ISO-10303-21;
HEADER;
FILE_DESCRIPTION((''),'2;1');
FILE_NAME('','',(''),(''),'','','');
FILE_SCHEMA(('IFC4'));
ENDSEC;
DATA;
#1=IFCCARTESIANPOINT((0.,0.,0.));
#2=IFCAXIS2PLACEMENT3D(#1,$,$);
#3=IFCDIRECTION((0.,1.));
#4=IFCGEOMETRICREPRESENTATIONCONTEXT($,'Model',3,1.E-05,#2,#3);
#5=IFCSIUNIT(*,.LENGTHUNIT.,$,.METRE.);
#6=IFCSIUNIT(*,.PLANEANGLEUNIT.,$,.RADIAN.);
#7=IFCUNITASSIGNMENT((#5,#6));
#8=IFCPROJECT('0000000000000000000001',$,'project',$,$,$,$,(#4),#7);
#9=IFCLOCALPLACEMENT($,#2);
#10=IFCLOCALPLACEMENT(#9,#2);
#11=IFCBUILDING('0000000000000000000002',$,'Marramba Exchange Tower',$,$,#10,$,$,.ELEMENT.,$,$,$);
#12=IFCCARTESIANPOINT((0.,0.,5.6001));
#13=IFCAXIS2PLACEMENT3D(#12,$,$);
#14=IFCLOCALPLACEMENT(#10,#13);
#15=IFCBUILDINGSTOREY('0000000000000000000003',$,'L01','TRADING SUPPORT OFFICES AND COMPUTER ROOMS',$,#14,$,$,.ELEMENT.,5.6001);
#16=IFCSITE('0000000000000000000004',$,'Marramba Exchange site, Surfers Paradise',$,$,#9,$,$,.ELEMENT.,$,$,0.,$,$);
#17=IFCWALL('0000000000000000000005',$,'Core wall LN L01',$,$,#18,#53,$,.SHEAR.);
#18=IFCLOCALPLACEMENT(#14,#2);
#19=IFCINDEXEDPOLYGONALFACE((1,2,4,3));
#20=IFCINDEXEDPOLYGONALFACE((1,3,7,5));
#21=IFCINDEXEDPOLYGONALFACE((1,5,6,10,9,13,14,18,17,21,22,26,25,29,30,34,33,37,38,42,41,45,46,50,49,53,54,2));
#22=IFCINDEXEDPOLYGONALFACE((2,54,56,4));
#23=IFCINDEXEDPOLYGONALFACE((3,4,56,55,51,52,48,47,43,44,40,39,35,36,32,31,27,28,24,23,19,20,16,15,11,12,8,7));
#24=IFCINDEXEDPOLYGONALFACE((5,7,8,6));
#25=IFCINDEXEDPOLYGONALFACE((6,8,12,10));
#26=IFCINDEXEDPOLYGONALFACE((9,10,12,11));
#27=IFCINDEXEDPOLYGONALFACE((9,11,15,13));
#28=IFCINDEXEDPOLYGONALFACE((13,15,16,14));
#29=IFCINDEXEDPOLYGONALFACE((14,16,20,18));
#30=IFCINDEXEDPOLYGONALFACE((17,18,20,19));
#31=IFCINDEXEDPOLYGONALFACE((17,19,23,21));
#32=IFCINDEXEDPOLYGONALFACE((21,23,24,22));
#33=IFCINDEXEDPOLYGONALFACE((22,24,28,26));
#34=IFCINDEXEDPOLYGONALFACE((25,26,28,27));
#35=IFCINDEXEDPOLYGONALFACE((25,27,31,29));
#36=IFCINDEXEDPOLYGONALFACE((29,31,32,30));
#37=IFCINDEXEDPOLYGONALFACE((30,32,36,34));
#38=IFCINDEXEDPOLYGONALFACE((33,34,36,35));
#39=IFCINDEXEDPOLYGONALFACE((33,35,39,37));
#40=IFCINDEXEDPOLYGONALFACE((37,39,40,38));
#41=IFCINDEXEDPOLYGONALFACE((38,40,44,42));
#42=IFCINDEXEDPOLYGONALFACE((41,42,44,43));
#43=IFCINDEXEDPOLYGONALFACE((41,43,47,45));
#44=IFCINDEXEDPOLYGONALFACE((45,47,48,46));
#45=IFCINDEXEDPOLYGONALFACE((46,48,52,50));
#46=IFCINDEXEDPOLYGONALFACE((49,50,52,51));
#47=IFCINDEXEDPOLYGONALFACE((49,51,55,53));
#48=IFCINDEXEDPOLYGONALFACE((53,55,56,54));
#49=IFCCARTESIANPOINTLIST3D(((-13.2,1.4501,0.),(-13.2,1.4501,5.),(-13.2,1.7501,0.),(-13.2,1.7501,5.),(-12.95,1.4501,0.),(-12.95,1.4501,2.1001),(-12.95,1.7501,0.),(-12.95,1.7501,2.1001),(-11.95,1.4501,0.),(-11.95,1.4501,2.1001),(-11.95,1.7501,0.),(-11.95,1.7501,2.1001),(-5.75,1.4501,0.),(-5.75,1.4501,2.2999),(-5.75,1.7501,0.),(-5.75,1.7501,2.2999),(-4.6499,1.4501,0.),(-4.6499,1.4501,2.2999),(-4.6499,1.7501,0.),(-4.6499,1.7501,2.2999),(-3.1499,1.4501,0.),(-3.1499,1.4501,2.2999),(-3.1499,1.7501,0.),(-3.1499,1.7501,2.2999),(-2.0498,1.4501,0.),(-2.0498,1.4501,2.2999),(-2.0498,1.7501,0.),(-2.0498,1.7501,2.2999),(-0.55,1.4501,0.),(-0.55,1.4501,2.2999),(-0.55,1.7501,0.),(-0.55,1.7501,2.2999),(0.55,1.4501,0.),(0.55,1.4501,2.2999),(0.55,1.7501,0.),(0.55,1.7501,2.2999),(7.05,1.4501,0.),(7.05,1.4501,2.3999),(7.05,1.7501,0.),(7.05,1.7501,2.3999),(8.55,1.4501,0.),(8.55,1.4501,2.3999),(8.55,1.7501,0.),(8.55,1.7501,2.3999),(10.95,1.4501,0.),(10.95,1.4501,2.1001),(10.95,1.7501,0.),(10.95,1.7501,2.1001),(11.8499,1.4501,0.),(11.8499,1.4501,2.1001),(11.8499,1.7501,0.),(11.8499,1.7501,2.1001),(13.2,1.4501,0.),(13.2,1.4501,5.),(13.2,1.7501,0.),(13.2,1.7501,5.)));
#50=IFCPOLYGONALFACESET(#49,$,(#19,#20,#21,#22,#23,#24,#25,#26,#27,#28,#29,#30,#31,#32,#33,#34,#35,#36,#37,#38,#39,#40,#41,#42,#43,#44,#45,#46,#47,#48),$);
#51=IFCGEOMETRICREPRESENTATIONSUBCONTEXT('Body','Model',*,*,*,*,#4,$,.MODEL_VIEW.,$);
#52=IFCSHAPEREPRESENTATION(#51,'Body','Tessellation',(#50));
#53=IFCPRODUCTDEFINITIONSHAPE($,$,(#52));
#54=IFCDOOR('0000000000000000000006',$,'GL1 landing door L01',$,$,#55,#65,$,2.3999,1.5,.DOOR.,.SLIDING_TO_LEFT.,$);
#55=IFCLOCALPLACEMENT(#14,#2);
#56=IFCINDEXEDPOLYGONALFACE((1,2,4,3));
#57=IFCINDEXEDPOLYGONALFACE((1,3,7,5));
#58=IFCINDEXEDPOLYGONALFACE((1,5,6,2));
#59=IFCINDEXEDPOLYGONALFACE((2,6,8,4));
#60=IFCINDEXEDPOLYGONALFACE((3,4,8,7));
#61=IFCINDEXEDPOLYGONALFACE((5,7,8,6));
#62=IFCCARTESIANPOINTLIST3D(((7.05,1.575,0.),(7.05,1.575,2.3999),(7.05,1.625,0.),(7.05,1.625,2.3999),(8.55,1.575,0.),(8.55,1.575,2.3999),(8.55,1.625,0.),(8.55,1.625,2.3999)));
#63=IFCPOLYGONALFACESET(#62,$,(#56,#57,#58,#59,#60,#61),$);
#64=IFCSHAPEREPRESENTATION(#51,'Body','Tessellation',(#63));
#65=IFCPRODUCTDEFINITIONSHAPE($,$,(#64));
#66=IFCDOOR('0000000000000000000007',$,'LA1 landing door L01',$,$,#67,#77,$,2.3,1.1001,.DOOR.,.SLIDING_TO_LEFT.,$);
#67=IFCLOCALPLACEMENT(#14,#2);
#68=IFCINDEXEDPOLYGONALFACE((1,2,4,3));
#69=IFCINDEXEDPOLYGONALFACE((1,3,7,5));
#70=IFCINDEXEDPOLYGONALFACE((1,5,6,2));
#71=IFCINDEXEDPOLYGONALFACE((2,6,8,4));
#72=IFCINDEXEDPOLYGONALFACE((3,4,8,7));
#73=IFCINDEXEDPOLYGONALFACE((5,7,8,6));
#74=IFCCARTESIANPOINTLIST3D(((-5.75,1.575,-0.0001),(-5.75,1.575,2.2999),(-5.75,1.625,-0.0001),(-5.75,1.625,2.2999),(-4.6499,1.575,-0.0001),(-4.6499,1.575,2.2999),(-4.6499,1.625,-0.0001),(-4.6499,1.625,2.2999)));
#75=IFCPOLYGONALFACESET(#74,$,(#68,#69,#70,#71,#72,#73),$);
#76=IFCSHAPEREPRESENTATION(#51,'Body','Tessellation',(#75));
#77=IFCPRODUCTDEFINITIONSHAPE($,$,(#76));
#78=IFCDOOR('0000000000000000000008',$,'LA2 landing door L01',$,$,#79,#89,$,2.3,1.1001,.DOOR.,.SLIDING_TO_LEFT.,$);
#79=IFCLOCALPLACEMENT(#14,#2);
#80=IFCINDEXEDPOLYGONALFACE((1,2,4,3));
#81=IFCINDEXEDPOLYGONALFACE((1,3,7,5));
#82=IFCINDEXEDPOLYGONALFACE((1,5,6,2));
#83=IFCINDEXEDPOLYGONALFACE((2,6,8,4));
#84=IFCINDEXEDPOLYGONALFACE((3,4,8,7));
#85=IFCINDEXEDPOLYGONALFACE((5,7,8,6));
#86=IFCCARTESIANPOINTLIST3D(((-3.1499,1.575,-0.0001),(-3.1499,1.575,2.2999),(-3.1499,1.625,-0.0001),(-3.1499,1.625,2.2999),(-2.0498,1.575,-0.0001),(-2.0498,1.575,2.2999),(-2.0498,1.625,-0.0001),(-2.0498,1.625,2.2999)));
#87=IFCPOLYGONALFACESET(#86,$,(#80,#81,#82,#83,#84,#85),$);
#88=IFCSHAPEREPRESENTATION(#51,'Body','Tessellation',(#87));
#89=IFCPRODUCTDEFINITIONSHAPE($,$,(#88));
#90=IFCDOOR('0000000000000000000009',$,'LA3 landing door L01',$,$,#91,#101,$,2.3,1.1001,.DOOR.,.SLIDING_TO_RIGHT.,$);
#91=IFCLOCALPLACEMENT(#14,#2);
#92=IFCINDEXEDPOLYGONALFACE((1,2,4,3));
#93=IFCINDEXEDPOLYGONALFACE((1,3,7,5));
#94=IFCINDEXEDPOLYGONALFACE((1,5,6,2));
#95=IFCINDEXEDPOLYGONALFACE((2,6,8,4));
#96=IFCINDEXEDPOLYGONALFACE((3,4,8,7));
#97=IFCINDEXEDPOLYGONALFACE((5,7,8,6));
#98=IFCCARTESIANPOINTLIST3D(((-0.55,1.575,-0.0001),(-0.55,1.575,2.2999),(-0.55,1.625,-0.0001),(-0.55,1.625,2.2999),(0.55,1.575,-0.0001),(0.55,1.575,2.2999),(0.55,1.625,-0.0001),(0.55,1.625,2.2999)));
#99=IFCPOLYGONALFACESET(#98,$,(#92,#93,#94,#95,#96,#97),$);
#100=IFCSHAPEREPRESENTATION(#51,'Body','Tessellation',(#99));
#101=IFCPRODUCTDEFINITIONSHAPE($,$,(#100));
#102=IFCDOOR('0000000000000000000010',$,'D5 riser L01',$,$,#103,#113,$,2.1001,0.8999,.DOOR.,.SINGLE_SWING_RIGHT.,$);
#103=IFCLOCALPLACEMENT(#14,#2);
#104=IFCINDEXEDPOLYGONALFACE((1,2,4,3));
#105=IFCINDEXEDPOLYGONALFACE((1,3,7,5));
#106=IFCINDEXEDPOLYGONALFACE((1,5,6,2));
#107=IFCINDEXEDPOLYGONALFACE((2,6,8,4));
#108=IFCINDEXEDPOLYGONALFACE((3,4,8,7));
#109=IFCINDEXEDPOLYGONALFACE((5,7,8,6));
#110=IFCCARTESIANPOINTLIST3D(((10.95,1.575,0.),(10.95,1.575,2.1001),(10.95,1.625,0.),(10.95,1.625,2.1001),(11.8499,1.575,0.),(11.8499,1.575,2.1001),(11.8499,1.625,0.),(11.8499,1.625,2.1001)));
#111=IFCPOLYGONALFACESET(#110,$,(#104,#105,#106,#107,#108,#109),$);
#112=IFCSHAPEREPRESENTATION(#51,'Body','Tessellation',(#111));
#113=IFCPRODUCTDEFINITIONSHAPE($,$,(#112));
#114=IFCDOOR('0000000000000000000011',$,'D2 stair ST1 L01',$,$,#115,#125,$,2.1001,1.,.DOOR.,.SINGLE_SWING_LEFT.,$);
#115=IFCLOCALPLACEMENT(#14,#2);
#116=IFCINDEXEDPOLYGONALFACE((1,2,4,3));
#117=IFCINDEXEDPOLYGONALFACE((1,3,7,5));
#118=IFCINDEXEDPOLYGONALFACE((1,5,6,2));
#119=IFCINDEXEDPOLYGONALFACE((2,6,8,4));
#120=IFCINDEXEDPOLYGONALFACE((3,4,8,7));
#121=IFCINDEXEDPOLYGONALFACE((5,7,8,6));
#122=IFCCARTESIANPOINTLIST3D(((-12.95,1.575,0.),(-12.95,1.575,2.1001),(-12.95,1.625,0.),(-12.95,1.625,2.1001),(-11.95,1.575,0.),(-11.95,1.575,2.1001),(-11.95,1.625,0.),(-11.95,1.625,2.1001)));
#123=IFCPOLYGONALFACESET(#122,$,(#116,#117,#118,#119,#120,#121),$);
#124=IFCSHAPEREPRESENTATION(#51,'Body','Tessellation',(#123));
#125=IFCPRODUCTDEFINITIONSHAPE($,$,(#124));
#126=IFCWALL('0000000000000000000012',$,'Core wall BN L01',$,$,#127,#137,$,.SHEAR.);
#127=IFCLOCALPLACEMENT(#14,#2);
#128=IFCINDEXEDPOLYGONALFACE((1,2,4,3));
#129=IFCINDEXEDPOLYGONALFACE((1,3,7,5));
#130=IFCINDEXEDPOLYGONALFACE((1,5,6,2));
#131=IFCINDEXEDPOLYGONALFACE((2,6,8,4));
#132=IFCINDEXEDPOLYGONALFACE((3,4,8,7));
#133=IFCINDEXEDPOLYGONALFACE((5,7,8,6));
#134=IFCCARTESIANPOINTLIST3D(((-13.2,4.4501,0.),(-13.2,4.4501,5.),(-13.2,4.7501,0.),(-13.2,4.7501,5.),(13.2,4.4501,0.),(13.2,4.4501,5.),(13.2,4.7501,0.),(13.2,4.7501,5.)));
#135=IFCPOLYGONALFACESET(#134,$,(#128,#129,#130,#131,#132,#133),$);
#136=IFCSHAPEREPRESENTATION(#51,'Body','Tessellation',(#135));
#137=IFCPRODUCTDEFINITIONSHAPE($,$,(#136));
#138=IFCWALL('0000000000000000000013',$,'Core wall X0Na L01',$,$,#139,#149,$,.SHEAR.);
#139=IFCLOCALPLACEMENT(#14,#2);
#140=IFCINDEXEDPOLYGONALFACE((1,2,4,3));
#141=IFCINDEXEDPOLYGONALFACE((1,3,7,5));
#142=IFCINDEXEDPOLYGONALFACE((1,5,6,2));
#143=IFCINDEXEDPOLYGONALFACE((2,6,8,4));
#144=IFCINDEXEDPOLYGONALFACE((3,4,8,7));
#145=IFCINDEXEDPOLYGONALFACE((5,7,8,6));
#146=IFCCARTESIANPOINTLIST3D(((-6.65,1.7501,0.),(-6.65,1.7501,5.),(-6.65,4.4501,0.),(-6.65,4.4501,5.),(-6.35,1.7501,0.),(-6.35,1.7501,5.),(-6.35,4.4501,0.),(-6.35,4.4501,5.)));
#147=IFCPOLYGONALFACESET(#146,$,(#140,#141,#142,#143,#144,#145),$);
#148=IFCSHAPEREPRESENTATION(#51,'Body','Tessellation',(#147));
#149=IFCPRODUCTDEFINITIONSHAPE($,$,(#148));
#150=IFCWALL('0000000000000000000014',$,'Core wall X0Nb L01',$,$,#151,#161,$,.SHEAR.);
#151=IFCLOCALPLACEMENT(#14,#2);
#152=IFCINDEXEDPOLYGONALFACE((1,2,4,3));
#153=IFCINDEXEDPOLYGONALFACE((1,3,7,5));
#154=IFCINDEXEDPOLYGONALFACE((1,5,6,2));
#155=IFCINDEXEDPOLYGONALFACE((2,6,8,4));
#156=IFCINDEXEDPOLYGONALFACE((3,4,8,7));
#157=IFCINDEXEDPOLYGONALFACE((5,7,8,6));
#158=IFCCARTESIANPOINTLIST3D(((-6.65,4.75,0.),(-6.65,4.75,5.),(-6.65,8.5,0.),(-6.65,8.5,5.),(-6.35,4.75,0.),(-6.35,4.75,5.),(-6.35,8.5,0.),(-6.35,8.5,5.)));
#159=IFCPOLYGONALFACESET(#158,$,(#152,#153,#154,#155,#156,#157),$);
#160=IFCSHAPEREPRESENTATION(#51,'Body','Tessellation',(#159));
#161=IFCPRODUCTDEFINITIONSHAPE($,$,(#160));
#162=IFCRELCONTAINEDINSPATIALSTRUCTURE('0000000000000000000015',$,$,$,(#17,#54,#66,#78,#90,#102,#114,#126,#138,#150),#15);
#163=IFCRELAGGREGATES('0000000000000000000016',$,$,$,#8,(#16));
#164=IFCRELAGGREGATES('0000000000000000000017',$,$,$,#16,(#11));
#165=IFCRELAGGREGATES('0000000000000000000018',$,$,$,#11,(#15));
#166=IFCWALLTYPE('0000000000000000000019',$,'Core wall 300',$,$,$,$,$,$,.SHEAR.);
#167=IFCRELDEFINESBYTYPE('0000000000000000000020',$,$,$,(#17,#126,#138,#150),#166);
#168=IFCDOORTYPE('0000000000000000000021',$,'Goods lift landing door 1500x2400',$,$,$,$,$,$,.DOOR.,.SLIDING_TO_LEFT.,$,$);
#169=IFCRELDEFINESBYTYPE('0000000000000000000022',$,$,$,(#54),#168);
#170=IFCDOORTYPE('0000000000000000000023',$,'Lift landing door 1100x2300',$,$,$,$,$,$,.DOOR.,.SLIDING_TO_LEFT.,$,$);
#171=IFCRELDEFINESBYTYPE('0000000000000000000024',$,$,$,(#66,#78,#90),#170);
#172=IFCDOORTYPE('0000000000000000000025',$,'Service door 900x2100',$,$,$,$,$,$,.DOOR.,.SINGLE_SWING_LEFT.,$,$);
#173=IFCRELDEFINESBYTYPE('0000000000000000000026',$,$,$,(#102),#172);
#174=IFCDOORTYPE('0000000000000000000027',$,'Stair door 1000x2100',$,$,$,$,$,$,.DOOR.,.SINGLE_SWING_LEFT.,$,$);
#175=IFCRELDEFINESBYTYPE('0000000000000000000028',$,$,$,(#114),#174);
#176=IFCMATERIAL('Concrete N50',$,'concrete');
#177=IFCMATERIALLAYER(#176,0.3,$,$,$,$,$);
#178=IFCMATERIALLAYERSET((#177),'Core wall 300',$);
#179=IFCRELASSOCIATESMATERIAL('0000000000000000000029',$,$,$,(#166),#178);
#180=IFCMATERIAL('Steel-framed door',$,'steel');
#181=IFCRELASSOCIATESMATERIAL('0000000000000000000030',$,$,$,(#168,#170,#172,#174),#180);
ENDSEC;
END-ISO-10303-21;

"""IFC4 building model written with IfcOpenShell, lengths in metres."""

from ifc_helpers import new_model, si_unit, direction, frame, frame_2d, origin, place, context, subcontext, project, spatial, rectangle, extrude, material, layer, layer_set, type_object, element, fill, save


model = new_model("IFC4")

# Units and contexts
model_context = context("Model", 3, precision=1e-05, world=origin(), true_north=direction((0.0, 1.0)))
body_context = subcontext(model_context, "Body", "Model", "MODEL_VIEW")
ifc_project = project(units=[si_unit("LENGTHUNIT", "METRE"), si_unit("PLANEANGLEUNIT", "RADIAN")], contexts=[model_context])

# Site, building, storey
site_placement = place(None, origin())
site = spatial("IfcSite", under=ifc_project, at=site_placement, Name="Marramba Exchange site, Surfers Paradise", CompositionType="ELEMENT", RefElevation=0.0)
building_placement = place(site_placement, origin())
building = spatial("IfcBuilding", under=site, at=building_placement, Name="Marramba Exchange Tower", CompositionType="ELEMENT")
storey_placement = place(building_placement, frame((0.0, 0.0, 5.6001)))
storey = spatial("IfcBuildingStorey", under=building, at=storey_placement, Name="L01", Description="TRADING SUPPORT OFFICES AND COMPUTER ROOMS", CompositionType="ELEMENT", Elevation=5.6001)

# Shared definitions
ifc_material_1 = material(Name="Concrete N50", Category="concrete")

# Shared definitions
ifc_material_2 = material(Name="Steel-framed door", Category="steel")

# Wall, openings, doors
ifc_layer_1 = layer(ifc_material_1, 0.3)
ifc_layer_set_1 = layer_set([ifc_layer_1], Name="Core wall 300")
wall_type_1 = type_object("IfcWallType", Name="Core wall 300", PredefinedType="SHEAR", material=ifc_layer_set_1)
wall_1_placement = place(storey_placement, frame((-13.2, 1.6001, 0.0), z_axis=(0.0, 0.0, 1.0), x_axis=(1.0, 0.0, 0.0)))
wall_1 = element("IfcWall", 1, at=wall_1_placement, inside=storey, type_object=wall_type_1, Name="Core wall LN L01", PredefinedType="SHEAR", context=body_context, shape_type="SweptSolid", body=[
    extrude(rectangle(XDim=26.3999, YDim=0.3, at=frame_2d((13.2, 0.0))), origin(), (0.0, 0.0, 1.0), 5.0),
])
opening_1_placement = place(wall_1_placement, frame((0.25, 0.0, 0.0)))
opening_1 = element("IfcOpeningElement", 2, at=opening_1_placement, cuts=wall_1, PredefinedType="OPENING", context=body_context, shape_type="SweptSolid", body=[
    extrude(rectangle(XDim=1.0, YDim=2.1001, at=frame_2d((0.5, 1.05))), frame((0.0, 0.1599, 0.0), z_axis=(0.0, -1.0, 0.0), x_axis=(1.0, 0.0, 0.0)), (0.0, 0.0, 1.0), 0.3201),
])
opening_2_placement = place(wall_1_placement, frame((20.25, 0.0, 0.0)))
opening_2 = element("IfcOpeningElement", 3, at=opening_2_placement, cuts=wall_1, PredefinedType="OPENING", context=body_context, shape_type="SweptSolid", body=[
    extrude(rectangle(XDim=1.5, YDim=2.3999, at=frame_2d((0.75, 1.2))), frame((0.0, 0.1599, 0.0), z_axis=(0.0, -1.0, 0.0), x_axis=(1.0, 0.0, 0.0)), (0.0, 0.0, 1.0), 0.3201),
])
opening_3_placement = place(wall_1_placement, frame((7.45, 0.0, 0.0)))
opening_3 = element("IfcOpeningElement", 4, at=opening_3_placement, cuts=wall_1, PredefinedType="OPENING", context=body_context, shape_type="SweptSolid", body=[
    extrude(rectangle(XDim=1.1001, YDim=2.3, at=frame_2d((0.55, 1.1499))), frame((0.0, 0.1599, 0.0), z_axis=(0.0, -1.0, 0.0), x_axis=(1.0, 0.0, 0.0)), (0.0, 0.0, 1.0), 0.3201),
])
opening_4_placement = place(wall_1_placement, frame((10.05, 0.0, 0.0)))
opening_4 = element("IfcOpeningElement", 5, at=opening_4_placement, cuts=wall_1, PredefinedType="OPENING", context=body_context, shape_type="SweptSolid", body=[
    extrude(rectangle(XDim=1.1001, YDim=2.3, at=frame_2d((0.55, 1.1499))), frame((0.0, 0.1599, 0.0), z_axis=(0.0, -1.0, 0.0), x_axis=(1.0, 0.0, 0.0)), (0.0, 0.0, 1.0), 0.3201),
])
opening_5_placement = place(wall_1_placement, frame((12.6499, 0.0, 0.0)))
opening_5 = element("IfcOpeningElement", 6, at=opening_5_placement, cuts=wall_1, PredefinedType="OPENING", context=body_context, shape_type="SweptSolid", body=[
    extrude(rectangle(XDim=1.1001, YDim=2.3, at=frame_2d((0.55, 1.1499))), frame((0.0, 0.1599, 0.0), z_axis=(0.0, -1.0, 0.0), x_axis=(1.0, 0.0, 0.0)), (0.0, 0.0, 1.0), 0.3201),
])
opening_6_placement = place(wall_1_placement, frame((24.1499, 0.0, 0.0)))
opening_6 = element("IfcOpeningElement", 7, at=opening_6_placement, cuts=wall_1, PredefinedType="OPENING", context=body_context, shape_type="SweptSolid", body=[
    extrude(rectangle(XDim=0.8999, YDim=2.1001, at=frame_2d((0.45, 1.05))), frame((0.0, 0.1599, 0.0), z_axis=(0.0, -1.0, 0.0), x_axis=(1.0, 0.0, 0.0)), (0.0, 0.0, 1.0), 0.3201),
])
door_type_1 = type_object("IfcDoorType", Name="Goods lift landing door 1500x2400", OperationType="SLIDING_TO_LEFT", PredefinedType="DOOR", material=ifc_material_2)
door_1_placement = place(opening_2_placement, origin())
door_1 = element("IfcDoor", 8, at=door_1_placement, inside=storey, type_object=door_type_1, Name="GL1 landing door L01", OperationType="SLIDING_TO_LEFT", OverallHeight=2.3999, OverallWidth=1.5, PredefinedType="DOOR", context=body_context, shape_type="SweptSolid", body=[
    extrude(rectangle(XDim=1.5, YDim=2.3999, at=frame_2d((0.75, 1.2))), frame((0.0, 0.0249, 0.0), z_axis=(0.0, -1.0, 0.0), x_axis=(1.0, 0.0, 0.0)), (0.0, 0.0, 1.0), 0.05),
])
fill(opening_2, door_1)
door_type_2 = type_object("IfcDoorType", Name="Lift landing door 1100x2300", OperationType="SLIDING_TO_LEFT", PredefinedType="DOOR", material=ifc_material_2)
door_2_placement = place(opening_3_placement, origin())
door_2 = element("IfcDoor", 9, at=door_2_placement, inside=storey, type_object=door_type_2, Name="LA1 landing door L01", OperationType="SLIDING_TO_LEFT", OverallHeight=2.3, OverallWidth=1.1001, PredefinedType="DOOR", context=body_context, shape_type="SweptSolid", body=[
    extrude(rectangle(XDim=1.1001, YDim=2.3, at=frame_2d((0.55, 1.1499))), frame((0.0, 0.0249, 0.0), z_axis=(0.0, -1.0, 0.0), x_axis=(1.0, 0.0, 0.0)), (0.0, 0.0, 1.0), 0.05),
])
fill(opening_3, door_2)
door_3_placement = place(opening_4_placement, origin())
door_3 = element("IfcDoor", 10, at=door_3_placement, inside=storey, type_object=door_type_2, Name="LA2 landing door L01", OperationType="SLIDING_TO_LEFT", OverallHeight=2.3, OverallWidth=1.1001, PredefinedType="DOOR", context=body_context, shape_type="SweptSolid", body=[
    extrude(rectangle(XDim=1.1001, YDim=2.3, at=frame_2d((0.55, 1.1499))), frame((0.0, 0.0249, 0.0), z_axis=(0.0, -1.0, 0.0), x_axis=(1.0, 0.0, 0.0)), (0.0, 0.0, 1.0), 0.05),
])
fill(opening_4, door_3)
door_4_placement = place(opening_5_placement, origin())
door_4 = element("IfcDoor", 11, at=door_4_placement, inside=storey, type_object=door_type_2, Name="LA3 landing door L01", OperationType="SLIDING_TO_RIGHT", OverallHeight=2.3, OverallWidth=1.1001, PredefinedType="DOOR", context=body_context, shape_type="SweptSolid", body=[
    extrude(rectangle(XDim=1.1001, YDim=2.3, at=frame_2d((0.55, 1.1499))), frame((0.0, 0.0249, 0.0), z_axis=(0.0, -1.0, 0.0), x_axis=(1.0, 0.0, 0.0)), (0.0, 0.0, 1.0), 0.05),
])
fill(opening_5, door_4)
door_type_3 = type_object("IfcDoorType", Name="Service door 900x2100", OperationType="SINGLE_SWING_LEFT", PredefinedType="DOOR", material=ifc_material_2)
door_5_placement = place(opening_6_placement, origin())
door_5 = element("IfcDoor", 12, at=door_5_placement, inside=storey, type_object=door_type_3, Name="D5 riser L01", OperationType="SINGLE_SWING_RIGHT", OverallHeight=2.1001, OverallWidth=0.8999, PredefinedType="DOOR", context=body_context, shape_type="SweptSolid", body=[
    extrude(rectangle(XDim=0.8999, YDim=2.1001, at=frame_2d((0.45, 1.05))), frame((0.0, 0.0249, 0.0), z_axis=(0.0, -1.0, 0.0), x_axis=(1.0, 0.0, 0.0)), (0.0, 0.0, 1.0), 0.05),
])
fill(opening_6, door_5)
door_type_4 = type_object("IfcDoorType", Name="Stair door 1000x2100", OperationType="SINGLE_SWING_LEFT", PredefinedType="DOOR", material=ifc_material_2)
door_6_placement = place(opening_1_placement, origin())
door_6 = element("IfcDoor", 13, at=door_6_placement, inside=storey, type_object=door_type_4, Name="D2 stair ST1 L01", OperationType="SINGLE_SWING_LEFT", OverallHeight=2.1001, OverallWidth=1.0, PredefinedType="DOOR", context=body_context, shape_type="SweptSolid", body=[
    extrude(rectangle(XDim=1.0, YDim=2.1001, at=frame_2d((0.5, 1.05))), frame((0.0, 0.0249, 0.0), z_axis=(0.0, -1.0, 0.0), x_axis=(1.0, 0.0, 0.0)), (0.0, 0.0, 1.0), 0.05),
])
fill(opening_1, door_6)

# Walls
wall_2_placement = place(storey_placement, frame((-13.2, 4.6001, 0.0), z_axis=(0.0, 0.0, 1.0), x_axis=(1.0, 0.0, 0.0)))
element("IfcWall", 14, at=wall_2_placement, inside=storey, type_object=wall_type_1, Name="Core wall BN L01", PredefinedType="SHEAR", context=body_context, shape_type="SweptSolid", body=[
    extrude(rectangle(XDim=26.3999, YDim=0.3, at=frame_2d((13.2, 0.0))), origin(), (0.0, 0.0, 1.0), 5.0),
])
wall_3_placement = place(storey_placement, frame((-6.5, 1.75, 0.0), z_axis=(0.0, 0.0, 1.0), x_axis=(0.0, 1.0, 0.0)))
element("IfcWall", 15, at=wall_3_placement, inside=storey, type_object=wall_type_1, Name="Core wall X0Na L01", PredefinedType="SHEAR", context=body_context, shape_type="SweptSolid", body=[
    extrude(rectangle(XDim=2.7, YDim=0.3, at=frame_2d((1.3501, 0.0))), origin(), (0.0, 0.0, 1.0), 5.0),
])
for number, where, z_axis, x_axis, name in (
    (16, (-6.5, 4.75, 0.0), (0.0, 0.0, 1.0), (0.0, 1.0, 0.0), "Core wall X0Nb L01"),
):
    element("IfcWall", number, at=place(storey_placement, frame(where, z_axis=z_axis, x_axis=x_axis)), inside=storey, type_object=wall_type_1, Name=name, PredefinedType="SHEAR", context=body_context, shape_type="SweptSolid", body=[
        extrude(rectangle(XDim=3.75, YDim=0.3, at=frame_2d((1.875, 0.0))), origin(), (0.0, 0.0, 1.0), 5.0),
    ])

save(model, "model.ifc")
